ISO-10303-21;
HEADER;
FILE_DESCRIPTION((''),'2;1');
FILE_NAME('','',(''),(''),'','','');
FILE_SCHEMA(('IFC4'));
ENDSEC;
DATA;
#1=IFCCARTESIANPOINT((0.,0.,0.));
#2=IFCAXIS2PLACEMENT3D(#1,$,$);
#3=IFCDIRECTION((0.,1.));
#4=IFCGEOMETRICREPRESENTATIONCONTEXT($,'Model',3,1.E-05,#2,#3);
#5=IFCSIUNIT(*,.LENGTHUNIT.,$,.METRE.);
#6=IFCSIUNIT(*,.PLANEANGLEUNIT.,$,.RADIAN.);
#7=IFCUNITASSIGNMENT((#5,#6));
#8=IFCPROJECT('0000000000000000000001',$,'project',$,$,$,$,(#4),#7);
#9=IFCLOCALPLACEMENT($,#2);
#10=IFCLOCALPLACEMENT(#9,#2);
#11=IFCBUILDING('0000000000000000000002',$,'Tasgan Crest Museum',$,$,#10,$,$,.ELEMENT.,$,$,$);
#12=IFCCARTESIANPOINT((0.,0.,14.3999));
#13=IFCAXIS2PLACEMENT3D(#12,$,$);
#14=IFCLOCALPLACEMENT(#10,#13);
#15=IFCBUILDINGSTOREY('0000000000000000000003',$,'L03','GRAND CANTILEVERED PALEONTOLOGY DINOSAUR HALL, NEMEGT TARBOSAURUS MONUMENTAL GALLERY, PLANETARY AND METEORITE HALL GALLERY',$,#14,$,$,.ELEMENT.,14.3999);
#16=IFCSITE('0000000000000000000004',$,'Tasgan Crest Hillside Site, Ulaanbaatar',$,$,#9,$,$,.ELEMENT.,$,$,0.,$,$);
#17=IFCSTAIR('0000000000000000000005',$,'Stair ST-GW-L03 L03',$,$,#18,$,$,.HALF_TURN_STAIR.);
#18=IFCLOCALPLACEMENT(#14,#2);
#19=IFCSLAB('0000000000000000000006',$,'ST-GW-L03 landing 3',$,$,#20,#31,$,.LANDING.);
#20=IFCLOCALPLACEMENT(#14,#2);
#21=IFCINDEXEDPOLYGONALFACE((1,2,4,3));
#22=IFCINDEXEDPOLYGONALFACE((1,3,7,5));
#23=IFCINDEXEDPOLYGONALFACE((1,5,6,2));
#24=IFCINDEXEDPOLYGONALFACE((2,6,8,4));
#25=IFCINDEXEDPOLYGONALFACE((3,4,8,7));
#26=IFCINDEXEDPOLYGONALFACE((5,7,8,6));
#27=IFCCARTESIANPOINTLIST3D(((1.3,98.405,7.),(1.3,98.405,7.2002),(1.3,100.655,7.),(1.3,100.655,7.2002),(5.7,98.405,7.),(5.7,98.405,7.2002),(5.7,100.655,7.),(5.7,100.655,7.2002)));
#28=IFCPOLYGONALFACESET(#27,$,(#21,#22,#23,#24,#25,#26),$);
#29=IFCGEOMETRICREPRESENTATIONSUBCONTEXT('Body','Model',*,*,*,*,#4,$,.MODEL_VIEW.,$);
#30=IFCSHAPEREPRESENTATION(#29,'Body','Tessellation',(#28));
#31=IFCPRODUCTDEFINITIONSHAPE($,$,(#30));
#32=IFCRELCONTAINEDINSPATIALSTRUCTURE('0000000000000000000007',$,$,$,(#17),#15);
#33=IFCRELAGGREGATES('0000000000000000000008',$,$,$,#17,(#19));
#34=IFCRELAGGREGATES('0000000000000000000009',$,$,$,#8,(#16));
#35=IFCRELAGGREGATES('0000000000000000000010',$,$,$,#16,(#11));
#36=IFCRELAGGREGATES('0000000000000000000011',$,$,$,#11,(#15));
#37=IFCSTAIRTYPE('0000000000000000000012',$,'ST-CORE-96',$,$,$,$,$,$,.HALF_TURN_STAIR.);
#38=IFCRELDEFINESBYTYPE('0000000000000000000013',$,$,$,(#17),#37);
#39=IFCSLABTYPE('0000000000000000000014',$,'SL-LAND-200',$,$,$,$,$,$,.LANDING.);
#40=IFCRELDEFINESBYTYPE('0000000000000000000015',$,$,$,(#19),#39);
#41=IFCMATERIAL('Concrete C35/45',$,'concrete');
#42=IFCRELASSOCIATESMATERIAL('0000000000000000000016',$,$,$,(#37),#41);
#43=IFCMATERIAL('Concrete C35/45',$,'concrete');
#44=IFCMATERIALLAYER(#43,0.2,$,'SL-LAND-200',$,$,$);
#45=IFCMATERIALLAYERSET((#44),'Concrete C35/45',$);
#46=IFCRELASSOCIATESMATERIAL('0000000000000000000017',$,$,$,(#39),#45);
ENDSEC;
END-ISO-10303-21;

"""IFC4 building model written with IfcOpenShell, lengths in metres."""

from ifc_helpers import new_model, si_unit, direction, frame, origin, place, context, subcontext, project, spatial, polyline, outline, extrude, material, layer, layer_set, type_object, element, aggregate, save


model = new_model("IFC4")

# Units and contexts
model_context = context("Model", 3, precision=1e-05, world=origin(), true_north=direction((0.0, 1.0)))
body_context = subcontext(model_context, "Body", "Model", "MODEL_VIEW")
ifc_project = project(units=[si_unit("LENGTHUNIT", "METRE"), si_unit("PLANEANGLEUNIT", "RADIAN")], contexts=[model_context])

# Site, building, storey
site_placement = place(None, origin())
site = spatial("IfcSite", under=ifc_project, at=site_placement, Name="Tasgan Crest Hillside Site, Ulaanbaatar", CompositionType="ELEMENT", RefElevation=0.0)
building_placement = place(site_placement, origin())
building = spatial("IfcBuilding", under=site, at=building_placement, Name="Tasgan Crest Museum", CompositionType="ELEMENT")
storey_placement = place(building_placement, frame((0.0, 0.0, 14.3999)))
storey = spatial("IfcBuildingStorey", under=building, at=storey_placement, Name="L03", Description="GRAND CANTILEVERED PALEONTOLOGY DINOSAUR HALL, NEMEGT TARBOSAURUS MONUMENTAL GALLERY, PLANETARY AND METEORITE HALL GALLERY", CompositionType="ELEMENT", Elevation=14.3999)

# Stair, slab
ifc_material_1 = material(Name="Concrete C35/45", Category="concrete")
stair_type_1 = type_object("IfcStairType", Name="ST-CORE-96", PredefinedType="HALF_TURN_STAIR", material=ifc_material_1)
ifc_material_2 = material(Name="Concrete C35/45", Category="concrete")
ifc_layer_1 = layer(ifc_material_2, 0.2, Name="SL-LAND-200")
ifc_layer_set_1 = layer_set([ifc_layer_1], Name="Concrete C35/45")
slab_type_1 = type_object("IfcSlabType", Name="SL-LAND-200", PredefinedType="LANDING", material=ifc_layer_set_1)
stair_1_placement = place(storey_placement, origin())
stair_1 = element("IfcStair", 1, at=stair_1_placement, inside=storey, type_object=stair_type_1, Name="Stair ST-GW-L03 L03", PredefinedType="HALF_TURN_STAIR")
slab_1_placement = place(storey_placement, frame((0.0, 0.0, 7.0)))
slab_1 = element("IfcSlab", 2, at=slab_1_placement, type_object=slab_type_1, Name="ST-GW-L03 landing 3", PredefinedType="LANDING", context=body_context, shape_type="SweptSolid", body=[
    extrude(outline(polyline([(1.3, 98.405), (5.7, 98.405), (5.7, 100.655), (1.3, 100.655), (1.3, 98.405)])), origin(), (0.0, 0.0, 1.0), 0.2002),
])
aggregate(stair_1, [slab_1])

save(model, "model.ifc")
